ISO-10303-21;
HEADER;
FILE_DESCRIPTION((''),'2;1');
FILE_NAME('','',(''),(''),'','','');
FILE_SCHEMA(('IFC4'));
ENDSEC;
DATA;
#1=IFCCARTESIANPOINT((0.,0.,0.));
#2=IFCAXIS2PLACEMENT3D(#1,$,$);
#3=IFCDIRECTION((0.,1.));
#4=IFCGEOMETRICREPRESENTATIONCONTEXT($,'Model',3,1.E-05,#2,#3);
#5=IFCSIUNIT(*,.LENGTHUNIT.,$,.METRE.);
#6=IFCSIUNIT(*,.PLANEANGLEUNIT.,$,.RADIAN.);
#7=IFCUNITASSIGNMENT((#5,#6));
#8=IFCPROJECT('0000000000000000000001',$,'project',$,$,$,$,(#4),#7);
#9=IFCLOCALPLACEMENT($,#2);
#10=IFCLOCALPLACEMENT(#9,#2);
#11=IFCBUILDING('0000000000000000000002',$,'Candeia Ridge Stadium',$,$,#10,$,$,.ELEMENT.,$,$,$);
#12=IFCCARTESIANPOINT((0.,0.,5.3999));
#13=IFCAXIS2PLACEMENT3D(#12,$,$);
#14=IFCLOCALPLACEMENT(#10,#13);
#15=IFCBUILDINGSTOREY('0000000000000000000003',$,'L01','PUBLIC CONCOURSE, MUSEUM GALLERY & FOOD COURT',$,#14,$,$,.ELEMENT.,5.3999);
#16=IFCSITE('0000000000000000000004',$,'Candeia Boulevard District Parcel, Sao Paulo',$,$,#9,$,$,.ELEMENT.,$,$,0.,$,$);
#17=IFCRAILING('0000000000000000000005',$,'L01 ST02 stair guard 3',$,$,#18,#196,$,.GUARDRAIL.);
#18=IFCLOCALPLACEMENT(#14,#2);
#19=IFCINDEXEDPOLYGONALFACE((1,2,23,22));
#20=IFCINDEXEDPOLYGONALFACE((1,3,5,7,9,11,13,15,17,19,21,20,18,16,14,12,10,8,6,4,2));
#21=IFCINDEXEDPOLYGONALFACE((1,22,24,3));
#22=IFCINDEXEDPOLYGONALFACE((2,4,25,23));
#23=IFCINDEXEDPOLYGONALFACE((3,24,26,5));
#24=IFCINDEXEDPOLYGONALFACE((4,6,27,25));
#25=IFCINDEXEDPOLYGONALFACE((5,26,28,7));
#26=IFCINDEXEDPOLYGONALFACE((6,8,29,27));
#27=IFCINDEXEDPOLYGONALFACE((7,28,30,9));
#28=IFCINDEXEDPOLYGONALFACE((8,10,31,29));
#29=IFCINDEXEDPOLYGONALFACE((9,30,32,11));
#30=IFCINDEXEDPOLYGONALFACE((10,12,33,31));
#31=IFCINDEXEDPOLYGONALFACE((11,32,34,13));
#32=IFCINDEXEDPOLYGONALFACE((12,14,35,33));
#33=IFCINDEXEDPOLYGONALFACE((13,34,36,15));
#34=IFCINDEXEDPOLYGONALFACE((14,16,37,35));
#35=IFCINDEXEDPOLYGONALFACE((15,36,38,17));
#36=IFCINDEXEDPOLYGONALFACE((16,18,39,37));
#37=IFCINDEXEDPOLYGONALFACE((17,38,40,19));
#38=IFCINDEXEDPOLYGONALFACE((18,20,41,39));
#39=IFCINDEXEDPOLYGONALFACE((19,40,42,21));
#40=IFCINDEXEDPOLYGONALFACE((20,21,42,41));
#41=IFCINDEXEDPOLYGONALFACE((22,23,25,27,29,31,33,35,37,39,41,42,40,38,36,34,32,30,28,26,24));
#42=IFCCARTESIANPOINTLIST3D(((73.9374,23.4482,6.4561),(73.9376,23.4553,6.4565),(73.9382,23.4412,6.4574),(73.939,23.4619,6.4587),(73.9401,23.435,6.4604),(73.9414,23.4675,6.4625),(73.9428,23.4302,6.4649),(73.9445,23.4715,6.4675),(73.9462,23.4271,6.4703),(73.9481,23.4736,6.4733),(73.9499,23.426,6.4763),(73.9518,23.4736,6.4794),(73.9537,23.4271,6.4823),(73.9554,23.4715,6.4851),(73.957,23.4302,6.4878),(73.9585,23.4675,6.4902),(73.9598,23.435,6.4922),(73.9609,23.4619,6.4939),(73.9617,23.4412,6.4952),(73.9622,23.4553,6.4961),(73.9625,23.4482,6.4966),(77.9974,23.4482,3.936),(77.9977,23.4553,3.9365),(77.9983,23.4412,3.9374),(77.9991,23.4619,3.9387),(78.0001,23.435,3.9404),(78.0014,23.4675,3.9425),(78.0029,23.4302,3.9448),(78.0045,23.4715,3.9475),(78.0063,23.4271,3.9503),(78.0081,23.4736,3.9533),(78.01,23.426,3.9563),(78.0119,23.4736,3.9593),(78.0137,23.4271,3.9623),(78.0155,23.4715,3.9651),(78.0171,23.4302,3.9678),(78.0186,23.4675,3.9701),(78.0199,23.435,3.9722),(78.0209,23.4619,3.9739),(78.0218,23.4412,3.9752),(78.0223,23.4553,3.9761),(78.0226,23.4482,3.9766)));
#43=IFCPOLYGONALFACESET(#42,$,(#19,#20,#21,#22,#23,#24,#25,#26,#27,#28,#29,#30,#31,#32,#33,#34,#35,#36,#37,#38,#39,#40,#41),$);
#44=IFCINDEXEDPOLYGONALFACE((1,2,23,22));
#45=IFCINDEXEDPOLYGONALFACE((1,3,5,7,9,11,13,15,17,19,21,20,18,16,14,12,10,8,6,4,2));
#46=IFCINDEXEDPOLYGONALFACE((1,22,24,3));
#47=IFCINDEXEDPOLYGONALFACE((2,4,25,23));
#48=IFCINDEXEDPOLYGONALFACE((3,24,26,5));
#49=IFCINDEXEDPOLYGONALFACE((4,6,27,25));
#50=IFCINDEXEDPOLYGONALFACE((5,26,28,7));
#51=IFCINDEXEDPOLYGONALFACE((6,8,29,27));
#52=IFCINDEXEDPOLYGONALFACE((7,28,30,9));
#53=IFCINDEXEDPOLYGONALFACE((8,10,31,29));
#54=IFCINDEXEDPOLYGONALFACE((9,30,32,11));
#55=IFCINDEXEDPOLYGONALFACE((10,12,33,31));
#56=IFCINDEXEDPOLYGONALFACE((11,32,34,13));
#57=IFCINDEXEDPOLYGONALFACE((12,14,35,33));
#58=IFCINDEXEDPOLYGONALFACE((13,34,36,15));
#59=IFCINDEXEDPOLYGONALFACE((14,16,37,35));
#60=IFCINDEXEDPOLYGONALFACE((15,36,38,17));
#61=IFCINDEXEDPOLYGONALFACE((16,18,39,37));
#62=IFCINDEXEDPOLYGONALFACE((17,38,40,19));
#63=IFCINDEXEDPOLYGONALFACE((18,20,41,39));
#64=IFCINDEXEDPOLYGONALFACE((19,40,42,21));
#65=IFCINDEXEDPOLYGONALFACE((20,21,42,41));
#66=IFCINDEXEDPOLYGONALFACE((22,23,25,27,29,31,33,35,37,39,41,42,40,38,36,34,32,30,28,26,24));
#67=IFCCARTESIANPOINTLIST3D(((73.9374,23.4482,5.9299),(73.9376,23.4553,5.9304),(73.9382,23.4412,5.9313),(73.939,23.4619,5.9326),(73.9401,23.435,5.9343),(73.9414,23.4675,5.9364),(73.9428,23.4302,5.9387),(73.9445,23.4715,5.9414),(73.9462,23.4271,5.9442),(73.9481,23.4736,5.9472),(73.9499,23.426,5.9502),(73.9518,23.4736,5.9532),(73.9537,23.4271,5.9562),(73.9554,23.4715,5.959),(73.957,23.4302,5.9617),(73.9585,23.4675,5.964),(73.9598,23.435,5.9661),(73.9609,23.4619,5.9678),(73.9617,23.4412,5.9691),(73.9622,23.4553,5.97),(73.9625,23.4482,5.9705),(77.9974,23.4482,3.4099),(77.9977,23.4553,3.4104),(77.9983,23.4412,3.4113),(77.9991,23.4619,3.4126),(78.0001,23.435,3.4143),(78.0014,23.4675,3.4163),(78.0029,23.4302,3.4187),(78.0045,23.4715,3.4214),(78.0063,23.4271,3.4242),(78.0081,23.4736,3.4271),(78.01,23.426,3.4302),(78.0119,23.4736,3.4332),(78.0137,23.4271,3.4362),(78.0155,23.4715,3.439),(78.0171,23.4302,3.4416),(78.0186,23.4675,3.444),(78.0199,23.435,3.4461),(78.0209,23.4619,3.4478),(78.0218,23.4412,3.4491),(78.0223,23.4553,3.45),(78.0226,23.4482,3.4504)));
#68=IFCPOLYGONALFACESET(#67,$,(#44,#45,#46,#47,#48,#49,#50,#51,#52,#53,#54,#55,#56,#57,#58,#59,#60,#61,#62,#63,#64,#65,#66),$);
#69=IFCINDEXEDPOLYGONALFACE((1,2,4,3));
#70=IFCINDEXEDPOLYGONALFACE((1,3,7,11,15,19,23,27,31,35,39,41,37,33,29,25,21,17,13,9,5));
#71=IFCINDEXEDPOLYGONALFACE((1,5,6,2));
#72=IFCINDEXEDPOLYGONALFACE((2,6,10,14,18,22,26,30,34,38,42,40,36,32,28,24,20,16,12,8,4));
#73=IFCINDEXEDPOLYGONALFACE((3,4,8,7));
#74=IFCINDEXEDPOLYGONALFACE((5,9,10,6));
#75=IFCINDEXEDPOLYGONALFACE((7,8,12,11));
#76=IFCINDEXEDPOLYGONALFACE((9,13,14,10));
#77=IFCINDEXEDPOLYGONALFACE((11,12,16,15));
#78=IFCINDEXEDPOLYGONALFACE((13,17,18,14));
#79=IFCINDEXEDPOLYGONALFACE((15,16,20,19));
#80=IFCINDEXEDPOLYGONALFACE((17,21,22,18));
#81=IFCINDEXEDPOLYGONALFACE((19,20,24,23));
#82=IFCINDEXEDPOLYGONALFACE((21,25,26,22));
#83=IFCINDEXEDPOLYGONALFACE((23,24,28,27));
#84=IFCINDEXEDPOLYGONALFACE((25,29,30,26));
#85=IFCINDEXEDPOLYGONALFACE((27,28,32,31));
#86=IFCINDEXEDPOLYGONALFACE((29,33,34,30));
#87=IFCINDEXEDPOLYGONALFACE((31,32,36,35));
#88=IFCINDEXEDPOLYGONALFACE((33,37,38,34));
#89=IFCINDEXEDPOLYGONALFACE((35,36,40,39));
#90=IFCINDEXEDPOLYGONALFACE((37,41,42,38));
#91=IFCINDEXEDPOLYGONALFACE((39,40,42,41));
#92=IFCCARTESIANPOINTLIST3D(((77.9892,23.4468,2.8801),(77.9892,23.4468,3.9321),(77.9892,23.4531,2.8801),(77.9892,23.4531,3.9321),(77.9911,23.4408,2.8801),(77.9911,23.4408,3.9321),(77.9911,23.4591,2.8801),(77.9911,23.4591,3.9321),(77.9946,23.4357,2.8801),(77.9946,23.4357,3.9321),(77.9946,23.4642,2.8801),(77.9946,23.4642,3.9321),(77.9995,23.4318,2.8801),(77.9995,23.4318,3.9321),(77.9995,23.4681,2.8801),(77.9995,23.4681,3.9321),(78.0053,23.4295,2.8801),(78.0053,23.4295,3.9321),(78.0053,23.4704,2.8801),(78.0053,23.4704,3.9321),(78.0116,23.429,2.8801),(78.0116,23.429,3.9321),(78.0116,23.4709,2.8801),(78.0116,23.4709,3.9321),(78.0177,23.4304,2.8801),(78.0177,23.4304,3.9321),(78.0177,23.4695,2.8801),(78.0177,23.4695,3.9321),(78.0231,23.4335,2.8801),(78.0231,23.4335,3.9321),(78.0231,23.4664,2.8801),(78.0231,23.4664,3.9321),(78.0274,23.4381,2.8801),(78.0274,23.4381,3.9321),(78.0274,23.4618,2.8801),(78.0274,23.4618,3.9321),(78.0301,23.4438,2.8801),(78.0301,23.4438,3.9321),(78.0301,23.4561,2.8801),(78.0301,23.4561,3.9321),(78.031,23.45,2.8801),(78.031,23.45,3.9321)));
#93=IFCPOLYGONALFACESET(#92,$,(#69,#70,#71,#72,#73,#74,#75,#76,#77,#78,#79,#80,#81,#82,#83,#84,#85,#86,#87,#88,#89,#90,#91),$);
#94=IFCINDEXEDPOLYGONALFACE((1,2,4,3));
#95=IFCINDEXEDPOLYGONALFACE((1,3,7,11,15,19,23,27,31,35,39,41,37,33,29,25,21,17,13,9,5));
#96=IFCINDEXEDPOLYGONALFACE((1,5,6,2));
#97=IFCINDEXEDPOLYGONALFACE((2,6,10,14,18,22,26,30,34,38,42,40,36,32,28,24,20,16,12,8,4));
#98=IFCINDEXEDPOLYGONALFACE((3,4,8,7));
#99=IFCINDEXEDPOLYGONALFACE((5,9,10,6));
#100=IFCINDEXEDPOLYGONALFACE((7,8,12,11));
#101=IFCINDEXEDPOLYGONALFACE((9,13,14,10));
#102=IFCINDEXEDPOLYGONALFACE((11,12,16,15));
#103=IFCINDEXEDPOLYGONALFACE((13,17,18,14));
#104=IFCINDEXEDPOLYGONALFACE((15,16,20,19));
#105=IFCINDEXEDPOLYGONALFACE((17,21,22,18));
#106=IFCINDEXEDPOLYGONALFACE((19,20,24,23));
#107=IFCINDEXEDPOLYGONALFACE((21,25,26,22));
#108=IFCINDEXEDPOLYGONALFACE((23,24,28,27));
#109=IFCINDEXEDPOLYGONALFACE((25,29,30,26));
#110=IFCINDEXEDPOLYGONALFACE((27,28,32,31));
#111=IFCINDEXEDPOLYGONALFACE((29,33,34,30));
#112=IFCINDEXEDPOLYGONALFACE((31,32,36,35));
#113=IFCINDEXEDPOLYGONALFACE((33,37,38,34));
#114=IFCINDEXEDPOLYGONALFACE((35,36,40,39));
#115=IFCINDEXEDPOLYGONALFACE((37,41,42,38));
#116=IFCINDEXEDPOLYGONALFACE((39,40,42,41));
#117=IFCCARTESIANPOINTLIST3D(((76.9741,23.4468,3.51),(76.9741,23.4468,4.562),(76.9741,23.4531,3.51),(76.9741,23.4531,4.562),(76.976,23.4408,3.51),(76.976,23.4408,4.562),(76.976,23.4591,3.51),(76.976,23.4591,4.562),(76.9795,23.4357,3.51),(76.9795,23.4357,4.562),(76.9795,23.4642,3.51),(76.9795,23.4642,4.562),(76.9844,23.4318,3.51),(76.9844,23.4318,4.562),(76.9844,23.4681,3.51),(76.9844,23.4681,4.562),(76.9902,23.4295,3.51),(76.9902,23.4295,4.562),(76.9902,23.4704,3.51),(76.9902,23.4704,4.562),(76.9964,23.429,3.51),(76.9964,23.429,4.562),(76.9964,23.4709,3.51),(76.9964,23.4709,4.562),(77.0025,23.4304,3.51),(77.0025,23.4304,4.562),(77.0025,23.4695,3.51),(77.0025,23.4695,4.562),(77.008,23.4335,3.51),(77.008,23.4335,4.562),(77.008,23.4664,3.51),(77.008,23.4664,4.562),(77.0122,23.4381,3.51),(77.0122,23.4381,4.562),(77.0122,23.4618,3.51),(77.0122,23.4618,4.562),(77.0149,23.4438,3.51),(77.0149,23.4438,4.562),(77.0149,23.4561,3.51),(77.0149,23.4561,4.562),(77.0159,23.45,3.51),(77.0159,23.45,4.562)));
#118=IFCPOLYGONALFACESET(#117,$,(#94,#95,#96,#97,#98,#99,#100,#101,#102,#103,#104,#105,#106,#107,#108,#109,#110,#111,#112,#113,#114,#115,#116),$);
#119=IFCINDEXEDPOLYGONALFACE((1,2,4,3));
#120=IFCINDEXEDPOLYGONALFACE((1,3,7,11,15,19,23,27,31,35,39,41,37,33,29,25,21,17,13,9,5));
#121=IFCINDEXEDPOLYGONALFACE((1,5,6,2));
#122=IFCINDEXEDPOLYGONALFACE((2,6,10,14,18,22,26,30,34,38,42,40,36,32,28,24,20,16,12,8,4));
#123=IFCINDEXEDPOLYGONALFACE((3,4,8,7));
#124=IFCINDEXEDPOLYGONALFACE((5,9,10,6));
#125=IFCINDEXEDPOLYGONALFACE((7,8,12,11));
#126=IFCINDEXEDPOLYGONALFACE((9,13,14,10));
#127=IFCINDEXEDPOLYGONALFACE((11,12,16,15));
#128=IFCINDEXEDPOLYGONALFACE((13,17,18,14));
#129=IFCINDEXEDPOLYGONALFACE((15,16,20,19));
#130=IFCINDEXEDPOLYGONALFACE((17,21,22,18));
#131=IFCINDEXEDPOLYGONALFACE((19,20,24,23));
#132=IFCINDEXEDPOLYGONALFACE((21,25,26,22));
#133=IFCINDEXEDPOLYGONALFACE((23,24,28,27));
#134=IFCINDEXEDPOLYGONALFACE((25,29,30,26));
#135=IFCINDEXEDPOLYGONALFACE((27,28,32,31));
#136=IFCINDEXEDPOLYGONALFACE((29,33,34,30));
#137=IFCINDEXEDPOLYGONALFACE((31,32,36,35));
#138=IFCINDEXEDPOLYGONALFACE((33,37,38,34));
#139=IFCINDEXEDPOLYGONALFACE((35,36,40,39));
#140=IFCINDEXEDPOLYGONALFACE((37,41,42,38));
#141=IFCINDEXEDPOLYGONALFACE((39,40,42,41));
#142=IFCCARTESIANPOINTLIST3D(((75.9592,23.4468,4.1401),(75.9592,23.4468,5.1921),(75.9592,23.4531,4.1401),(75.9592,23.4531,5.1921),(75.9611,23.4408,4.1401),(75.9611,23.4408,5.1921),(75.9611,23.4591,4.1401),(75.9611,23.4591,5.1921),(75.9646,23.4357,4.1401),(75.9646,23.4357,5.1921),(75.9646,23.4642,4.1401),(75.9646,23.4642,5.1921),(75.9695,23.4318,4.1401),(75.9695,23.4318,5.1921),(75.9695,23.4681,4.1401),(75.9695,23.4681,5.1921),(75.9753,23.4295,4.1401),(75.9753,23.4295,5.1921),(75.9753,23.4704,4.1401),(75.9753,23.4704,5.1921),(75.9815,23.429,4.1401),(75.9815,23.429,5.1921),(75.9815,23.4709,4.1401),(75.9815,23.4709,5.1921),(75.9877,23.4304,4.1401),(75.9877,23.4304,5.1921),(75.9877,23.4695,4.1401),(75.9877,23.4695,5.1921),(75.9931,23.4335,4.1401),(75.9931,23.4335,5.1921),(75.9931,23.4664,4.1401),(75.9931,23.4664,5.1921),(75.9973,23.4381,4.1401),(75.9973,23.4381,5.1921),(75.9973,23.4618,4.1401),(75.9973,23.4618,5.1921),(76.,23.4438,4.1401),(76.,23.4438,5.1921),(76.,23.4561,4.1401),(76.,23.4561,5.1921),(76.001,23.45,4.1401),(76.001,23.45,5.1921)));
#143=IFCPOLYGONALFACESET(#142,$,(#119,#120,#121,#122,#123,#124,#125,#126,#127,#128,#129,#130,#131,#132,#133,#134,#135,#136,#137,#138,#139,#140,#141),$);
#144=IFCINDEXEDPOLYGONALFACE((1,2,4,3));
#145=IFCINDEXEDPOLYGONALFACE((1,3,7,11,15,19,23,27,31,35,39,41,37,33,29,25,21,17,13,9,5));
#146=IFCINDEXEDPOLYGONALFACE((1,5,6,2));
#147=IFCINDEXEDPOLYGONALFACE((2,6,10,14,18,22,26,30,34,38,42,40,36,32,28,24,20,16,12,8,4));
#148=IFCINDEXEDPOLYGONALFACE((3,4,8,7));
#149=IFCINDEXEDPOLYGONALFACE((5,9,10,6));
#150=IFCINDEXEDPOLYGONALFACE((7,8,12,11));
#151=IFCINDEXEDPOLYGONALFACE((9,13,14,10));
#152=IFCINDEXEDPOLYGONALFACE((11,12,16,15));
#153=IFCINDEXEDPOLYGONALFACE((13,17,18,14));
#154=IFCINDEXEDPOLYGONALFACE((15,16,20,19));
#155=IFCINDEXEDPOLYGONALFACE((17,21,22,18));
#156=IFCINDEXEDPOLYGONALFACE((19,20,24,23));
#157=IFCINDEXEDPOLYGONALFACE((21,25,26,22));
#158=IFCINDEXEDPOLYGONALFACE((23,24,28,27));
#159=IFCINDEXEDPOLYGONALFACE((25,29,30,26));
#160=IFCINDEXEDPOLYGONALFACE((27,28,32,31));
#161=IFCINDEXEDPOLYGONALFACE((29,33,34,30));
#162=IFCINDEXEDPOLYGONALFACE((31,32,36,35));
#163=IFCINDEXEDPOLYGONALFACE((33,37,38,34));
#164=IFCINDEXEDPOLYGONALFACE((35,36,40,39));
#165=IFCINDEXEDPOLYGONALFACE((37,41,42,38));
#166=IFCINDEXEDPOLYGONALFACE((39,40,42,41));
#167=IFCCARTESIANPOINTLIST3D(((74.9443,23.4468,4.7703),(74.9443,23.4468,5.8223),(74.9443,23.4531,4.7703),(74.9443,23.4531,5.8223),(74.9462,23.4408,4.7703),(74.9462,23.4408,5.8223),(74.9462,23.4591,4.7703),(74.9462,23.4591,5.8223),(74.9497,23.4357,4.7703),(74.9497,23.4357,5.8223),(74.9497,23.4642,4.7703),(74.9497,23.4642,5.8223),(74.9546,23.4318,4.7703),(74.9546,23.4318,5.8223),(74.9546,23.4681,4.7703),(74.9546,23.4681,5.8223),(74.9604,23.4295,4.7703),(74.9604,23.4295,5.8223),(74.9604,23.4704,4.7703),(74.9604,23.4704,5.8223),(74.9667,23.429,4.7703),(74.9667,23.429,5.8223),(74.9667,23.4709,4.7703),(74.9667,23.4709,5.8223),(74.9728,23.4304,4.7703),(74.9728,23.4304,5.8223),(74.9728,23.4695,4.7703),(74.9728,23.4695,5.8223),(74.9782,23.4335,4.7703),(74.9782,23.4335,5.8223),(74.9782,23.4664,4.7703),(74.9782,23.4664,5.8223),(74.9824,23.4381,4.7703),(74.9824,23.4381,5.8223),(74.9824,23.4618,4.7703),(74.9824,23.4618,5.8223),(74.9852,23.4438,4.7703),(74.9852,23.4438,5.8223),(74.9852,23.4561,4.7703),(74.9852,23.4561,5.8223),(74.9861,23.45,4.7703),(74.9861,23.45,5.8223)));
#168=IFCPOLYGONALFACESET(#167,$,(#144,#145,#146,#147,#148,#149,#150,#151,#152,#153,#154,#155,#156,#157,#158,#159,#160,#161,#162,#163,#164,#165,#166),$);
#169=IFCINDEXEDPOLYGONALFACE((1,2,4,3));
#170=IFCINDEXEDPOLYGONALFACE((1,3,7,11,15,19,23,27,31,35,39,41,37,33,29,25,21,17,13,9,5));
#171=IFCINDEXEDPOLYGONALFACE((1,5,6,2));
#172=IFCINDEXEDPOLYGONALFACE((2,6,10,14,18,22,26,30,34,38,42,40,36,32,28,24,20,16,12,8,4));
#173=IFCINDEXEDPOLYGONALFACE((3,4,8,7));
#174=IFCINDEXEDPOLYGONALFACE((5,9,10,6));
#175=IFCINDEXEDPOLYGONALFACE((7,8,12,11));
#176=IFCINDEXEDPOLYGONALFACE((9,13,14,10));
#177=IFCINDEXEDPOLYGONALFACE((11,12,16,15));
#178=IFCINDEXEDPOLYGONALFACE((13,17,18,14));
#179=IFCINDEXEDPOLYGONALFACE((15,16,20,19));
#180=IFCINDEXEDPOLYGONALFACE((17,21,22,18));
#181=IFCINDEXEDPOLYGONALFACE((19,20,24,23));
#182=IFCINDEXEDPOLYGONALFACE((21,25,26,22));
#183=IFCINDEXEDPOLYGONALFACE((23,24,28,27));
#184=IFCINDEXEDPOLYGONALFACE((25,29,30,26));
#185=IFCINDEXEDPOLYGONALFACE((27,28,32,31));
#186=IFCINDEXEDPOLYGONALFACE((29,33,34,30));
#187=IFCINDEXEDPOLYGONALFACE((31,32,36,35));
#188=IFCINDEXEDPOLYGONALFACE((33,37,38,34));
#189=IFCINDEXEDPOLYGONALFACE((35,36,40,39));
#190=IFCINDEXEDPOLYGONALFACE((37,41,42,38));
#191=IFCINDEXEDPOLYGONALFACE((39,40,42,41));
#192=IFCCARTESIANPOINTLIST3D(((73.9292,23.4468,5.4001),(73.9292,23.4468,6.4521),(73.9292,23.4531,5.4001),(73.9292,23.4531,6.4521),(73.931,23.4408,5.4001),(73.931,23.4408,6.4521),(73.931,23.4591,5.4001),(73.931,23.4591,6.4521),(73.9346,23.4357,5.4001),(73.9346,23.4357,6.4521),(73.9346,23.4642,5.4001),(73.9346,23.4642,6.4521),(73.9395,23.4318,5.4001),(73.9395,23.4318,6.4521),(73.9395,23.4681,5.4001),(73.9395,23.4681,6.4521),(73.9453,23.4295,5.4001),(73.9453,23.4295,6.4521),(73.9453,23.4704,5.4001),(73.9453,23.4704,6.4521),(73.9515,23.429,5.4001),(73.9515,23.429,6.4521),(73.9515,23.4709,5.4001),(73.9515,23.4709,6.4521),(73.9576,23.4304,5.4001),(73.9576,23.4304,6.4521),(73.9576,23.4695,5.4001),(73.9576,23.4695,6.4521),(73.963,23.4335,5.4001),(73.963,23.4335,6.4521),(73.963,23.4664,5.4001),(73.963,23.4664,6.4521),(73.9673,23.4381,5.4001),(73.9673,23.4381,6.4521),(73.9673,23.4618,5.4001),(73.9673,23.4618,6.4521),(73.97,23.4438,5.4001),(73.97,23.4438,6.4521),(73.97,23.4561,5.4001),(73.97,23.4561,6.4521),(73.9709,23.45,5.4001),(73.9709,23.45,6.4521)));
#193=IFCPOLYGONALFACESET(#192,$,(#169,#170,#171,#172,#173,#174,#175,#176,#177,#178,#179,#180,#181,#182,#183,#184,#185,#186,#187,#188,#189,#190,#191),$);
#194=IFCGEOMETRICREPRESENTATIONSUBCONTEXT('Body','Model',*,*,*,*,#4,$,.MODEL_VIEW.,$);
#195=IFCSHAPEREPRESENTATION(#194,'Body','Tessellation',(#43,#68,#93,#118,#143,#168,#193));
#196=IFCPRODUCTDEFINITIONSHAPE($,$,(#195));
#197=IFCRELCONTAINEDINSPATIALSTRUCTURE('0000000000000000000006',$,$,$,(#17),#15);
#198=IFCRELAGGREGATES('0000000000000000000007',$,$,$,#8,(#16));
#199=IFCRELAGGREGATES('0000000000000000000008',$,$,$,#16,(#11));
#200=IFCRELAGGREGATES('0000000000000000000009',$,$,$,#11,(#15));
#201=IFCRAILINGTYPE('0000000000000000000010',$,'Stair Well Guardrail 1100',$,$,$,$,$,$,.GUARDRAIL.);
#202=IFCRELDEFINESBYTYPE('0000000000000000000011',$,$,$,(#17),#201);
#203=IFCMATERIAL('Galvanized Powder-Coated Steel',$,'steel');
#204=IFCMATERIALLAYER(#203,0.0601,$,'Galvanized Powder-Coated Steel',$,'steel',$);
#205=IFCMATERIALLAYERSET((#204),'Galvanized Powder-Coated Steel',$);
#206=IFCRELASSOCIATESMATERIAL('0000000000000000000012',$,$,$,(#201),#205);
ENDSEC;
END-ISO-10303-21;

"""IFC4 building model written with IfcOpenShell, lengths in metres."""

from ifc_helpers import new_model, si_unit, direction, frame, origin, origin_2d, place, context, subcontext, project, spatial, circle, extrude, material, layer, layer_set, type_object, element, save


model = new_model("IFC4")

# Units and contexts
model_context = context("Model", 3, precision=1e-05, world=origin(), true_north=direction((0.0, 1.0)))
body_context = subcontext(model_context, "Body", "Model", "MODEL_VIEW")
ifc_project = project(units=[si_unit("LENGTHUNIT", "METRE"), si_unit("PLANEANGLEUNIT", "RADIAN")], contexts=[model_context])

# Site, building, storey
site_placement = place(None, origin())
site = spatial("IfcSite", under=ifc_project, at=site_placement, Name="Candeia Boulevard District Parcel, Sao Paulo", CompositionType="ELEMENT", RefElevation=0.0)
building_placement = place(site_placement, origin())
building = spatial("IfcBuilding", under=site, at=building_placement, Name="Candeia Ridge Stadium", CompositionType="ELEMENT")
storey_placement = place(building_placement, frame((0.0, 0.0, 5.3999)))
storey = spatial("IfcBuildingStorey", under=building, at=storey_placement, Name="L01", Description="PUBLIC CONCOURSE, MUSEUM GALLERY & FOOD COURT", CompositionType="ELEMENT", Elevation=5.3999)

# Railing
ifc_material_1 = material(Name="Galvanized Powder-Coated Steel", Category="steel")
ifc_layer_1 = layer(ifc_material_1, 0.0601, Name="Galvanized Powder-Coated Steel", Category="steel")
ifc_layer_set_1 = layer_set([ifc_layer_1], Name="Galvanized Powder-Coated Steel")
railing_type_1 = type_object("IfcRailingType", Name="Stair Well Guardrail 1100", PredefinedType="GUARDRAIL", material=ifc_layer_set_1)
railing_1_placement = place(storey_placement, frame((78.01, 23.45, 2.8801)))
element("IfcRailing", 1, at=railing_1_placement, inside=storey, type_object=railing_type_1, Name="L01 ST02 stair guard 3", PredefinedType="GUARDRAIL", context=body_context, shape_type="SweptSolid", body=[
    extrude(circle(Radius=0.0239, at=origin_2d()), frame((0.0, 0.0, 1.0762), z_axis=(-0.849642, 0.0, 0.52736), x_axis=(0.0, -1.0, 0.0)), (0.0, 0.0, 1.0), 4.7786),
    extrude(circle(Radius=0.0239, at=origin_2d()), frame((0.0, 0.0, 0.55), z_axis=(-0.849642, 0.0, 0.52736), x_axis=(0.0, -1.0, 0.0)), (0.0, 0.0, 1.0), 4.7786),
    extrude(circle(Radius=0.021, at=origin_2d()), origin(), (0.0, 0.0, 1.0), 1.052),
    extrude(circle(Radius=0.021, at=origin_2d()), frame((-1.0151, 0.0, 0.6299)), (0.0, 0.0, 1.0), 1.052),
    extrude(circle(Radius=0.021, at=origin_2d()), frame((-2.03, 0.0, 1.26)), (0.0, 0.0, 1.0), 1.052),
    extrude(circle(Radius=0.021, at=origin_2d()), frame((-3.0449, 0.0, 1.8901)), (0.0, 0.0, 1.0), 1.052),
    extrude(circle(Radius=0.021, at=origin_2d()), frame((-4.0601, 0.0, 2.52)), (0.0, 0.0, 1.0), 1.052),
])

save(model, "model.ifc")
